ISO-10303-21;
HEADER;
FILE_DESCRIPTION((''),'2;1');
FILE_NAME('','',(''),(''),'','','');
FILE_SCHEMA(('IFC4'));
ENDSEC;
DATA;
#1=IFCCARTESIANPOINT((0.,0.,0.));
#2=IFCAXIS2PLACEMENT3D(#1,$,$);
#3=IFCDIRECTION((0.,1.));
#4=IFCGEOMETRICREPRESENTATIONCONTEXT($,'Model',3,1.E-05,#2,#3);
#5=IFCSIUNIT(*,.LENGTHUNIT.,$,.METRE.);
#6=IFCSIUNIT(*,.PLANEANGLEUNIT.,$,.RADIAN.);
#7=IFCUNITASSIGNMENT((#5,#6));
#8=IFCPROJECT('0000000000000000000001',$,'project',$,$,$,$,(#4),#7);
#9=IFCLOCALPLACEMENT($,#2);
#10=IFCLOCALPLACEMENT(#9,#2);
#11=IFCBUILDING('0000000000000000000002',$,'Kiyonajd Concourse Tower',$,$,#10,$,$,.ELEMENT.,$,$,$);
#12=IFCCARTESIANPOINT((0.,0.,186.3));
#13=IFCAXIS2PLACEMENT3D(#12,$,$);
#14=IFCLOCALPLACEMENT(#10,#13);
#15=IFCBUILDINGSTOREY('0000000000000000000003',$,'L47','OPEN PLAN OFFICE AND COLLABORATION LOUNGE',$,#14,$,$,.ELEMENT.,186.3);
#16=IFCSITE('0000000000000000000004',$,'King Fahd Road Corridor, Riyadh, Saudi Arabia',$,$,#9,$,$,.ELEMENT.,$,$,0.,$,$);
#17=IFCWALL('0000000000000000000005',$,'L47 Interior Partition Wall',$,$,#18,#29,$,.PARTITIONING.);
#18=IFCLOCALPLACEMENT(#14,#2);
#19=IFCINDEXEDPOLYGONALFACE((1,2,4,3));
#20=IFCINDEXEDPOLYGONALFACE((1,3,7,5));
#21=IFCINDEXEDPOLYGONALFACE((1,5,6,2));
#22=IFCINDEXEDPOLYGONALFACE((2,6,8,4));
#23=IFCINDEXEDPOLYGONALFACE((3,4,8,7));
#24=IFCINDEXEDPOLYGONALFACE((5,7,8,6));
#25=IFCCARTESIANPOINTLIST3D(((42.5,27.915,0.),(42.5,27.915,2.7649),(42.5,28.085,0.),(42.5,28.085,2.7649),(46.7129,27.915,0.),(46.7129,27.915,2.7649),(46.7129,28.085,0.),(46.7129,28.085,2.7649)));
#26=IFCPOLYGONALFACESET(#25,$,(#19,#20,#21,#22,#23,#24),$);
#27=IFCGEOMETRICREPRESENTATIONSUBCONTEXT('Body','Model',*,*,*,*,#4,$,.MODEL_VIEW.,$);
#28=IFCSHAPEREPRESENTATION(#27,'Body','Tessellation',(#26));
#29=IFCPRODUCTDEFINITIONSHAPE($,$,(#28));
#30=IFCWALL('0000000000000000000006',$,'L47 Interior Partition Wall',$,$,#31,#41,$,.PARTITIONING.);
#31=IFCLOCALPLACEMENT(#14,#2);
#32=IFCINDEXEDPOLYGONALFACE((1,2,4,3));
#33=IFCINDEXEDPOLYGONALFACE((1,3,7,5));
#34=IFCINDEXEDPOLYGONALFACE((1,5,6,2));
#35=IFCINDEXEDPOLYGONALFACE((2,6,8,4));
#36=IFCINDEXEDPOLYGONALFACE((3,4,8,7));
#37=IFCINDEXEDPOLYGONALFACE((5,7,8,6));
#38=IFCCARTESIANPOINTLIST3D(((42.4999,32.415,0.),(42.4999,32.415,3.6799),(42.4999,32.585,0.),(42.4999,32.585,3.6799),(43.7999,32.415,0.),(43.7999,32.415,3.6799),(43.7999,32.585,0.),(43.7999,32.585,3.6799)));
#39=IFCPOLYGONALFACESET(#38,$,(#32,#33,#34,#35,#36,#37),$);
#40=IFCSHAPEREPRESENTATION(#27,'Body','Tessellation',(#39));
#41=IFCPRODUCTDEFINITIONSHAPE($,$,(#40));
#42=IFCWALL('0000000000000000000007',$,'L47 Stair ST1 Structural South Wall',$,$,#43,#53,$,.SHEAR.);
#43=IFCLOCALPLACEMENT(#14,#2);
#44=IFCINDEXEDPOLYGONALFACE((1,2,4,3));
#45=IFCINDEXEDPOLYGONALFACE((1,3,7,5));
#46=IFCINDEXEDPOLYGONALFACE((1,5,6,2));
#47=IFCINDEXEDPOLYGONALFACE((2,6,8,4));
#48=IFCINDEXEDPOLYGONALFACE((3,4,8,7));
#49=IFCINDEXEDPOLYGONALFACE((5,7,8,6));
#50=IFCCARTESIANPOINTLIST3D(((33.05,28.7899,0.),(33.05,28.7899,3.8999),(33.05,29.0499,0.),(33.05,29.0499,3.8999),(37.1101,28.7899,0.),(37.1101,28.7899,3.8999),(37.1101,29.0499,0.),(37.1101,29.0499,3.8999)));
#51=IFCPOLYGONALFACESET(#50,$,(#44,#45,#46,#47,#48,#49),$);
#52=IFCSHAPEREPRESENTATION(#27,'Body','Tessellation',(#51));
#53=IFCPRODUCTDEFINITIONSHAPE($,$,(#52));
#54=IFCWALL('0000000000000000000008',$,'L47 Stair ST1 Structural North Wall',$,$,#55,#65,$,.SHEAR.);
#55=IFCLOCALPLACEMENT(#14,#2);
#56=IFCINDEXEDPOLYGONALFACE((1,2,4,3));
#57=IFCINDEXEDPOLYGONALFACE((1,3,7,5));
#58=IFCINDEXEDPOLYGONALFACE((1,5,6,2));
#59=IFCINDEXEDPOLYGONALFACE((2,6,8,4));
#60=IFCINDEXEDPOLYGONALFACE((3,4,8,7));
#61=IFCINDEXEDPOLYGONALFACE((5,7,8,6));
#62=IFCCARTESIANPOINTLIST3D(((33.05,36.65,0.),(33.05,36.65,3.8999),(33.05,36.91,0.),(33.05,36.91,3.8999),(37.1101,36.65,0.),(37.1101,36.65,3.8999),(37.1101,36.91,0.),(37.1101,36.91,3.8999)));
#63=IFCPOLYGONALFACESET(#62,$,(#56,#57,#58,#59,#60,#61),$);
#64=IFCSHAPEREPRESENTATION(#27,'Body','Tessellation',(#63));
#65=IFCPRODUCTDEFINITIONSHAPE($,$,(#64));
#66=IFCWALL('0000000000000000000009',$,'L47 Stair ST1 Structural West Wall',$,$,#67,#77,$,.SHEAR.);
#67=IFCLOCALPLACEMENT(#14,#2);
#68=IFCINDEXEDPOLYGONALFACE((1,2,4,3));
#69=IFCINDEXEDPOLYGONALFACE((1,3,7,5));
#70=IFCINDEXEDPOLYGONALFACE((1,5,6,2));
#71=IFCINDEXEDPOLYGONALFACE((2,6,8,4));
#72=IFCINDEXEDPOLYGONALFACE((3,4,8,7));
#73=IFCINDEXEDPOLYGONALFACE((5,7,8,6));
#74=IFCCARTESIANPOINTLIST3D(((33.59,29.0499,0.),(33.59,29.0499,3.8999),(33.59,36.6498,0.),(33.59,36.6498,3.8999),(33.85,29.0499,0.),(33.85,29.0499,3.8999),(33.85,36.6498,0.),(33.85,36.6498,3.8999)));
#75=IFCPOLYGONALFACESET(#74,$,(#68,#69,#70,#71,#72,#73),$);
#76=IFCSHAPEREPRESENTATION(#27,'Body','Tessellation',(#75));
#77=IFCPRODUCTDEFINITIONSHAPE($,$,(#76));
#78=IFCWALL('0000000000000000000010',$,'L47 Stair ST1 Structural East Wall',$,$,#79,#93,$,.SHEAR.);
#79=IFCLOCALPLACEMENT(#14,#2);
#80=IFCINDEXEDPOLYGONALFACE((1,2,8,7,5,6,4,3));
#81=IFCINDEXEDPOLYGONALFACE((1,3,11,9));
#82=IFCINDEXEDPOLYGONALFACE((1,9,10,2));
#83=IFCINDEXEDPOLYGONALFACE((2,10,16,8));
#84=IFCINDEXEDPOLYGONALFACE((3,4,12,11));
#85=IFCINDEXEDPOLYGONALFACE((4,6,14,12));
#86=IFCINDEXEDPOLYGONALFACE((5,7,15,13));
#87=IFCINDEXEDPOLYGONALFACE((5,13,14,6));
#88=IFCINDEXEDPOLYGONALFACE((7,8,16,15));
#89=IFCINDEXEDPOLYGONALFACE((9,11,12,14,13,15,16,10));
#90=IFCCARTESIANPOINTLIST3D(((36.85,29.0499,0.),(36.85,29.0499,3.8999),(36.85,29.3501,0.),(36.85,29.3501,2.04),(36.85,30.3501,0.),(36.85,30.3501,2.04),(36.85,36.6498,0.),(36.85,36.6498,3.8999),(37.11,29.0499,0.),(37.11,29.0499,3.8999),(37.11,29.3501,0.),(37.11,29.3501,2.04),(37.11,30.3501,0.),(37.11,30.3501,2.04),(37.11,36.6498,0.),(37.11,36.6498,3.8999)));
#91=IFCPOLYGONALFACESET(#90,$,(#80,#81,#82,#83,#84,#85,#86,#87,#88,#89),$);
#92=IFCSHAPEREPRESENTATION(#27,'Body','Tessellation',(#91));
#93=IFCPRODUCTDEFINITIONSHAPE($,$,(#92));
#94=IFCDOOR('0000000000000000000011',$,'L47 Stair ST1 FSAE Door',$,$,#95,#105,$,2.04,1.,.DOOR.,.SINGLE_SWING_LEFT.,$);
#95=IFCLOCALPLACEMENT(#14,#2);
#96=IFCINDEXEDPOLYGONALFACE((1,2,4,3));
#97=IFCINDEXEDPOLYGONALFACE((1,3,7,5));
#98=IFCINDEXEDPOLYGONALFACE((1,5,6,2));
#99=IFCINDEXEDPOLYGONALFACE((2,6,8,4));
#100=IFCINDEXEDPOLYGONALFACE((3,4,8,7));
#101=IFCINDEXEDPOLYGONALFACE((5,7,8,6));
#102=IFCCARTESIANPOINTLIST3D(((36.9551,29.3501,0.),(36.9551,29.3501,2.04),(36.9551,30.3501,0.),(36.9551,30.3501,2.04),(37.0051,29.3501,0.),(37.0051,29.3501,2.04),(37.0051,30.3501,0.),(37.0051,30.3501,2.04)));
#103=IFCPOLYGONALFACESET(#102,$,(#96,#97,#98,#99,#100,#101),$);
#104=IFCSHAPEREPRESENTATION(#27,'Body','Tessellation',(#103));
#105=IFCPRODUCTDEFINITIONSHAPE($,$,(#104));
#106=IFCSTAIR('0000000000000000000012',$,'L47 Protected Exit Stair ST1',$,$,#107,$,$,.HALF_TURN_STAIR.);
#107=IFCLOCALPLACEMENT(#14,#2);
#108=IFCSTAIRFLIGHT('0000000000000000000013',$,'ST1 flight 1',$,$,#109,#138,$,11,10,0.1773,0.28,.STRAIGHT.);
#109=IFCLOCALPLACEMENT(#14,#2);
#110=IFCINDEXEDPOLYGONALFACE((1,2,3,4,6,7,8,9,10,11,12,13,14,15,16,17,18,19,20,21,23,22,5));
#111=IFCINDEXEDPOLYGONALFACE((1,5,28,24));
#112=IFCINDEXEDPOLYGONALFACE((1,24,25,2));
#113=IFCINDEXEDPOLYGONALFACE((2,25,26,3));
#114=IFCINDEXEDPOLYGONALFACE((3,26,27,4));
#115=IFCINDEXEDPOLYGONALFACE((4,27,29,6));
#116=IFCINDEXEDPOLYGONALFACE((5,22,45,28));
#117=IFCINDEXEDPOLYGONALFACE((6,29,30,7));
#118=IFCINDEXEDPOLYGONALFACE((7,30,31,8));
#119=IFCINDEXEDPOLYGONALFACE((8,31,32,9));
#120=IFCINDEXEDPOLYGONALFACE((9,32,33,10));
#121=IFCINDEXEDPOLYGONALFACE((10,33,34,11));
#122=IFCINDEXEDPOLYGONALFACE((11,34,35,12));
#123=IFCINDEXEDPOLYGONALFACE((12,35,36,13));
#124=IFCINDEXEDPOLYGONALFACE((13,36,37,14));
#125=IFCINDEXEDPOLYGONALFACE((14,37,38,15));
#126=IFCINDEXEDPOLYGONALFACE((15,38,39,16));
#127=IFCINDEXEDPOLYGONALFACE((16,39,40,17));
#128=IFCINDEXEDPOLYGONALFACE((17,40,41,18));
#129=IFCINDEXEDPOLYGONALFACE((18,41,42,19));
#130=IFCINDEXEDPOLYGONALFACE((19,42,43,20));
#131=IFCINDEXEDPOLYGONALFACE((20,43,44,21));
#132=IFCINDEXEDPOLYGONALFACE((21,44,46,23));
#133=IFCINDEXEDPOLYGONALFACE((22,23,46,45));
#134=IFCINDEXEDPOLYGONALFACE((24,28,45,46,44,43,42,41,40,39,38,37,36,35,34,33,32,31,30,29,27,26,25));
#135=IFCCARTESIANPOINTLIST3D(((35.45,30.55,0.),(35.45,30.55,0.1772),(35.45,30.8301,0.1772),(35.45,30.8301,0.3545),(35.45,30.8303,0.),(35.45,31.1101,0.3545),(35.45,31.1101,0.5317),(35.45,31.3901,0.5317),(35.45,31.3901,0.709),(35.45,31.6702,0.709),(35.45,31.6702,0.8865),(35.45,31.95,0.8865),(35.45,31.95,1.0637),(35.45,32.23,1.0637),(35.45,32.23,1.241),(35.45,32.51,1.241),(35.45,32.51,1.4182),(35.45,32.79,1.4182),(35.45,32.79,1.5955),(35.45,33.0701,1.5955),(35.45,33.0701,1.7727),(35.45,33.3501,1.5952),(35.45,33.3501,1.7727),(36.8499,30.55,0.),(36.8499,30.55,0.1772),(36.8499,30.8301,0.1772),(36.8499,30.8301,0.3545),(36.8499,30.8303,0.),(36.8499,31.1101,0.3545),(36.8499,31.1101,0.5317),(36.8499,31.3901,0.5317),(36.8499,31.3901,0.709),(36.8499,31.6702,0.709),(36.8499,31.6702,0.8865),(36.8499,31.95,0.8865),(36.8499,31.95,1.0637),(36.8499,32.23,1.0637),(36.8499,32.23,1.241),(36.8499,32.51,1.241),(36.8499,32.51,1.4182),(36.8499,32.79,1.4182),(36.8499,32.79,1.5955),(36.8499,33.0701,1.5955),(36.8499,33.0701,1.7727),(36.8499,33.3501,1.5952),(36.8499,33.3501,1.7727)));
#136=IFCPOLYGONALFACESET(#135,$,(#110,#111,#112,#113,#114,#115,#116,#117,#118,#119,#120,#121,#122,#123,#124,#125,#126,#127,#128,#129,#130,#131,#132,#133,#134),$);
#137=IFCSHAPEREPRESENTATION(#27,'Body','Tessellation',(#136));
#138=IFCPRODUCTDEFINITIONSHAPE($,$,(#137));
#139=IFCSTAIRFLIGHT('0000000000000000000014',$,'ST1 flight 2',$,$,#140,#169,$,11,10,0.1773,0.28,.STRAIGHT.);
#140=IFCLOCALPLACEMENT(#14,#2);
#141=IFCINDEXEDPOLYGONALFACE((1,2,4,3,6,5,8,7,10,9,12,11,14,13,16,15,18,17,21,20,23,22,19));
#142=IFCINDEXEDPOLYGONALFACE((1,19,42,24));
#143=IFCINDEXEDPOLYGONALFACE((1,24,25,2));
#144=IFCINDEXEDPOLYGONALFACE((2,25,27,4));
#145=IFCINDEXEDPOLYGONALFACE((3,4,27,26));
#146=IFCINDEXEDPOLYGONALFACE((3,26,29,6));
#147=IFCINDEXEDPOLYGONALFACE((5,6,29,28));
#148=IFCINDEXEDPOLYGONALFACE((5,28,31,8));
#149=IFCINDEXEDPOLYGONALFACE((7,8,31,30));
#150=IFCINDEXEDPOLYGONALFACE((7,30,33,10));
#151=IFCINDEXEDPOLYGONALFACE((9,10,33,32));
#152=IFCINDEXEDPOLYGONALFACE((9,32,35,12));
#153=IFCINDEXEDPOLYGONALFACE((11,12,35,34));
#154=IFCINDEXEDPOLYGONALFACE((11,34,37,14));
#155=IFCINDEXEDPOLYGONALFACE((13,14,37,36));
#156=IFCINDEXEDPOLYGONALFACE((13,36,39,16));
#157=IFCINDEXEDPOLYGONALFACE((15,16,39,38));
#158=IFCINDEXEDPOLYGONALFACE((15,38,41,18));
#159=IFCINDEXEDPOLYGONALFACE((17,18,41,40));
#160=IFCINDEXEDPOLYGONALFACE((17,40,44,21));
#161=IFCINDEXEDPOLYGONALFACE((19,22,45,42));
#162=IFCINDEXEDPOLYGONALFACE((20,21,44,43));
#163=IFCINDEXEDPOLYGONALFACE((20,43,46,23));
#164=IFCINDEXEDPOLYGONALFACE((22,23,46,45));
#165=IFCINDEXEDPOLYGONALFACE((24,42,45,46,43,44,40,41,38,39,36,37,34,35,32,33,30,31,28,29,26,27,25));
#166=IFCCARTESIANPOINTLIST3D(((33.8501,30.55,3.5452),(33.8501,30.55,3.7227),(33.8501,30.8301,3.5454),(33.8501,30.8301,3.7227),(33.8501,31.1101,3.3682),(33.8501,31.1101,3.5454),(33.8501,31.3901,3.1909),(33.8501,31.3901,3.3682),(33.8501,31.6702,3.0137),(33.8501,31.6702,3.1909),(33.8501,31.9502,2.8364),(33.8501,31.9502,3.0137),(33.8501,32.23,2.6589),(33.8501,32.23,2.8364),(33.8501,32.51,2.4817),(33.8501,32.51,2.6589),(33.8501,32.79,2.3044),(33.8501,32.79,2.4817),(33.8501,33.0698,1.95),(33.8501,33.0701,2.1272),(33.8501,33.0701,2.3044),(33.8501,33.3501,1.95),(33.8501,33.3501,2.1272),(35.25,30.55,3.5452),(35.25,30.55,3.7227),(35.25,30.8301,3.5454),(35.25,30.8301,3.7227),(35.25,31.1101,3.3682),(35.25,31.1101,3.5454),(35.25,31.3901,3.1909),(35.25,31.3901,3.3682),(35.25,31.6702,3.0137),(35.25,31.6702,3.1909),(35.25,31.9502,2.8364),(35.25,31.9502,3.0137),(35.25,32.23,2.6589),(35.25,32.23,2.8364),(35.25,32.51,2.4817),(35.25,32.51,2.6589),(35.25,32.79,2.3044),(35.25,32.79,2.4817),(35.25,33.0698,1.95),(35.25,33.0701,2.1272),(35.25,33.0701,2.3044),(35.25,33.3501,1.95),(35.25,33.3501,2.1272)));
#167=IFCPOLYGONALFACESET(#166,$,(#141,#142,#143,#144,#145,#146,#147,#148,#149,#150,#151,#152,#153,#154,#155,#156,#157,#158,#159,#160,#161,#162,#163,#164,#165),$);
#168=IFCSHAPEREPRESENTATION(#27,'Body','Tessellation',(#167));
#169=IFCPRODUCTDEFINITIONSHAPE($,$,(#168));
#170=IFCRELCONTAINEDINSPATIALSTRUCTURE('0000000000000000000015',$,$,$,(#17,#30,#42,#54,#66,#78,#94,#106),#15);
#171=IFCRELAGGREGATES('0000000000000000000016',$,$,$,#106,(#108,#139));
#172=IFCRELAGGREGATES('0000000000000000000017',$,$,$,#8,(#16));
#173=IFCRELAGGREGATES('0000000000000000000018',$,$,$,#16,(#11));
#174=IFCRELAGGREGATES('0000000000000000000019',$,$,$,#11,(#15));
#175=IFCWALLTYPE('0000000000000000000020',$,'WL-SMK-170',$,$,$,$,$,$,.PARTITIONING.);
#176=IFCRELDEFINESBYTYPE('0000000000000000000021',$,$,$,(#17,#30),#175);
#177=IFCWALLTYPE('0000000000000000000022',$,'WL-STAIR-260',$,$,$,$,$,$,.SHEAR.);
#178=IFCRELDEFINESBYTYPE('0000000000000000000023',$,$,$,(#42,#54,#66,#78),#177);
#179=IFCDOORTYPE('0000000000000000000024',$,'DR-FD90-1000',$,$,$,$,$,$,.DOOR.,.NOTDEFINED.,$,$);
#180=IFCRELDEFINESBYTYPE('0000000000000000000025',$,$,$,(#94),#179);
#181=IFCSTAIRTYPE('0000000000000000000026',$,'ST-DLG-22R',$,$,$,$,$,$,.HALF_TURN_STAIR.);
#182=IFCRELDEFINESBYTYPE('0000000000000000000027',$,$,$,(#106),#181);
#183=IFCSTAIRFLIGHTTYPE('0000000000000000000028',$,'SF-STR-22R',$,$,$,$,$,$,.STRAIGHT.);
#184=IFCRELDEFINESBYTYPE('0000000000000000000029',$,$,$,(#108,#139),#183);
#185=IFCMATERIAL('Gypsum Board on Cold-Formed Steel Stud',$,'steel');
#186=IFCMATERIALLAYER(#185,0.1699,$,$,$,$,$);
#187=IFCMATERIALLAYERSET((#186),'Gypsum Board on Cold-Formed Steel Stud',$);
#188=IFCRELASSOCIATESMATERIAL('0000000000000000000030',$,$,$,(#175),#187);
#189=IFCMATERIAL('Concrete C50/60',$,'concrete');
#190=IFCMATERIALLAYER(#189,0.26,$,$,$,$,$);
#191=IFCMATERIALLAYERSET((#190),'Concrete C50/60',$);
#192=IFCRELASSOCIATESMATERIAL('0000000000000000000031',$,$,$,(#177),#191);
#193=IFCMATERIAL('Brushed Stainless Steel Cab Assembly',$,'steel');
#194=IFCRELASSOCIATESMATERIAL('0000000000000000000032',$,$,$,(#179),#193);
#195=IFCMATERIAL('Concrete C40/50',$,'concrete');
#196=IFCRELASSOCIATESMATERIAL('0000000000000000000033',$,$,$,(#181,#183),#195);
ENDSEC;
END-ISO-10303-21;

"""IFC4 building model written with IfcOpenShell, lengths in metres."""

from ifc_helpers import new_model, si_unit, direction, frame, frame_2d, origin, place, context, subcontext, project, spatial, polyline, rectangle, outline, extrude, material, layer, layer_set, type_object, element, fill, aggregate, save


model = new_model("IFC4")

# Units and contexts
model_context = context("Model", 3, precision=1e-05, world=origin(), true_north=direction((0.0, 1.0)))
body_context = subcontext(model_context, "Body", "Model", "MODEL_VIEW")
ifc_project = project(units=[si_unit("LENGTHUNIT", "METRE"), si_unit("PLANEANGLEUNIT", "RADIAN")], contexts=[model_context])

# Site, building, storey
site_placement = place(None, origin())
site = spatial("IfcSite", under=ifc_project, at=site_placement, Name="King Fahd Road Corridor, Riyadh, Saudi Arabia", CompositionType="ELEMENT", RefElevation=0.0)
building_placement = place(site_placement, origin())
building = spatial("IfcBuilding", under=site, at=building_placement, Name="Kiyonajd Concourse Tower", CompositionType="ELEMENT")
storey_placement = place(building_placement, frame((0.0, 0.0, 186.3)))
storey = spatial("IfcBuildingStorey", under=building, at=storey_placement, Name="L47", Description="OPEN PLAN OFFICE AND COLLABORATION LOUNGE", CompositionType="ELEMENT", Elevation=186.3)

# Shared definitions
ifc_material_1 = material(Name="Concrete C50/60", Category="concrete")

# Shared definitions
ifc_material_2 = material(Name="Gypsum Board on Cold-Formed Steel Stud", Category="steel")

# Shared definitions
ifc_material_3 = material(Name="Brushed Stainless Steel Cab Assembly", Category="steel")

# Walls
ifc_layer_1 = layer(ifc_material_2, 0.1699)
ifc_layer_set_1 = layer_set([ifc_layer_1], Name="Gypsum Board on Cold-Formed Steel Stud")
wall_type_1 = type_object("IfcWallType", Name="WL-SMK-170", PredefinedType="PARTITIONING", material=ifc_layer_set_1)
wall_1_placement = place(storey_placement, frame((42.5, 28.0, 0.0), z_axis=(0.0, 0.0, 1.0), x_axis=(1.0, 0.0, 0.0)))
element("IfcWall", 1, at=wall_1_placement, inside=storey, type_object=wall_type_1, Name="L47 Interior Partition Wall", PredefinedType="PARTITIONING", context=body_context, shape_type="SweptSolid", body=[
    extrude(rectangle(XDim=4.2129, YDim=0.1699, at=frame_2d((2.1064, 0.0))), origin(), (0.0, 0.0, 1.0), 2.7649),
])
wall_2_placement = place(storey_placement, frame((42.5, 32.5, 0.0), z_axis=(0.0, 0.0, 1.0), x_axis=(1.0, 0.0, 0.0)))
element("IfcWall", 2, at=wall_2_placement, inside=storey, type_object=wall_type_1, Name="L47 Interior Partition Wall", PredefinedType="PARTITIONING", context=body_context, shape_type="SweptSolid", body=[
    extrude(rectangle(XDim=1.3, YDim=0.1699, at=frame_2d((0.6499, 0.0))), origin(), (0.0, 0.0, 1.0), 3.6799),
])
ifc_layer_2 = layer(ifc_material_1, 0.26)
ifc_layer_set_2 = layer_set([ifc_layer_2], Name="Concrete C50/60")
wall_type_2 = type_object("IfcWallType", Name="WL-STAIR-260", PredefinedType="SHEAR", material=ifc_layer_set_2)
for number, where, z_axis, x_axis, name in (
    (3, (33.05, 28.9199, 0.0), (0.0, 0.0, 1.0), (1.0, 0.0, 0.0), "L47 Stair ST1 Structural South Wall"),
    (4, (33.05, 36.78, 0.0), (0.0, 0.0, 1.0), (1.0, 0.0, 0.0), "L47 Stair ST1 Structural North Wall"),
):
    element("IfcWall", number, at=place(storey_placement, frame(where, z_axis=z_axis, x_axis=x_axis)), inside=storey, type_object=wall_type_2, Name=name, PredefinedType="SHEAR", context=body_context, shape_type="SweptSolid", body=[
        extrude(rectangle(XDim=4.0601, YDim=0.26, at=frame_2d((2.03, 0.0))), origin(), (0.0, 0.0, 1.0), 3.8999),
    ])
wall_3_placement = place(storey_placement, frame((33.72, 29.05, 0.0), z_axis=(0.0, 0.0, 1.0), x_axis=(0.0, 1.0, 0.0)))
element("IfcWall", 5, at=wall_3_placement, inside=storey, type_object=wall_type_2, Name="L47 Stair ST1 Structural West Wall", PredefinedType="SHEAR", context=body_context, shape_type="SweptSolid", body=[
    extrude(rectangle(XDim=7.5999, YDim=0.26, at=frame_2d((3.7998, 0.0))), origin(), (0.0, 0.0, 1.0), 3.8999),
])

# Wall, opening, door
wall_4_placement = place(storey_placement, frame((36.98, 29.05, 0.0), z_axis=(0.0, 0.0, 1.0), x_axis=(0.0, 1.0, 0.0)))
wall_4 = element("IfcWall", 6, at=wall_4_placement, inside=storey, type_object=wall_type_2, Name="L47 Stair ST1 Structural East Wall", PredefinedType="SHEAR", context=body_context, shape_type="SweptSolid", body=[
    extrude(rectangle(XDim=7.5999, YDim=0.26, at=frame_2d((3.7998, 0.0))), origin(), (0.0, 0.0, 1.0), 3.8999),
])
opening_1_placement = place(wall_4_placement, frame((0.3, 0.0, 0.0)))
opening_1 = element("IfcOpeningElement", 7, at=opening_1_placement, cuts=wall_4, PredefinedType="OPENING", context=body_context, shape_type="SweptSolid", body=[
    extrude(rectangle(XDim=1.0, YDim=2.04, at=frame_2d((0.5, 1.02))), frame((0.0, 0.1399, 0.0), z_axis=(0.0, -1.0, 0.0), x_axis=(1.0, 0.0, 0.0)), (0.0, 0.0, 1.0), 0.28),
])
door_type_1 = type_object("IfcDoorType", Name="DR-FD90-1000", OperationType="NOTDEFINED", PredefinedType="DOOR", material=ifc_material_3)
door_1_placement = place(opening_1_placement, origin())
door_1 = element("IfcDoor", 8, at=door_1_placement, inside=storey, type_object=door_type_1, Name="L47 Stair ST1 FSAE Door", OperationType="SINGLE_SWING_LEFT", OverallHeight=2.04, OverallWidth=1.0, PredefinedType="DOOR", context=body_context, shape_type="SweptSolid", body=[
    extrude(rectangle(XDim=1.0, YDim=2.04, at=frame_2d((0.5, 1.02))), frame((0.0, 0.0249, 0.0), z_axis=(0.0, -1.0, 0.0), x_axis=(1.0, 0.0, 0.0)), (0.0, 0.0, 1.0), 0.05),
])
fill(opening_1, door_1)

# Stair, stair flights
ifc_material_4 = material(Name="Concrete C40/50", Category="concrete")
stair_type = type_object("IfcStairType", Name="ST-DLG-22R", PredefinedType="HALF_TURN_STAIR", material=ifc_material_4)
stair_placement = place(storey_placement, origin())
stair = element("IfcStair", 9, at=stair_placement, inside=storey, type_object=stair_type, Name="L47 Protected Exit Stair ST1", PredefinedType="HALF_TURN_STAIR")
stair_flight_type = type_object("IfcStairFlightType", Name="SF-STR-22R", PredefinedType="STRAIGHT", material=ifc_material_4)
stair_flight_1_placement = place(storey_placement, frame((36.1499, 30.55, 0.0), z_axis=(0.0, 0.0, 1.0), x_axis=(0.0, 1.0, 0.0)))
stair_flight_1 = element("IfcStairFlight", 10, at=stair_flight_1_placement, type_object=stair_flight_type, Name="ST1 flight 1", NumberOfRisers=11, NumberOfTreads=10, PredefinedType="STRAIGHT", RiserHeight=0.1773, TreadLength=0.28, context=body_context, shape_type="SweptSolid", body=[
    extrude(outline(polyline([(0.0, 0.0), (0.0, 0.1772), (0.28, 0.1772), (0.28, 0.3545), (0.5601, 0.3545), (0.5601, 0.5317), (0.8401, 0.5317), (0.8401, 0.709), (1.1201, 0.709), (1.1201, 0.8865), (1.3999, 0.8865), (1.3999, 1.0637), (1.6799, 1.0637), (1.6799, 1.241), (1.96, 1.241), (1.96, 1.4182), (2.24, 1.4182), (2.24, 1.5955), (2.52, 1.5955), (2.52, 1.7727), (2.8, 1.7727), (2.8, 1.95), (2.8, 1.5952), (0.2803, 0.0), (0.0, 0.0)])), frame((0.0, 0.7, 0.0), z_axis=(0.0, -1.0, 0.0), x_axis=(1.0, 0.0, 0.0)), (0.0, 0.0, 1.0), 1.3999),
])
stair_flight_2_placement = place(storey_placement, frame((34.55, 33.3501, 1.95), z_axis=(0.0, 0.0, 1.0), x_axis=(0.0, -1.0, 0.0)))
stair_flight_2 = element("IfcStairFlight", 11, at=stair_flight_2_placement, type_object=stair_flight_type, Name="ST1 flight 2", NumberOfRisers=11, NumberOfTreads=10, PredefinedType="STRAIGHT", RiserHeight=0.1773, TreadLength=0.28, context=body_context, shape_type="SweptSolid", body=[
    extrude(outline(polyline([(0.0, 0.0), (0.0, 0.1772), (0.28, 0.1772), (0.28, 0.3545), (0.5601, 0.3545), (0.5601, 0.5317), (0.8401, 0.5317), (0.8401, 0.709), (1.1201, 0.709), (1.1201, 0.8865), (1.3999, 0.8865), (1.3999, 1.0637), (1.6799, 1.0637), (1.6799, 1.241), (1.96, 1.241), (1.96, 1.4182), (2.24, 1.4182), (2.24, 1.5955), (2.52, 1.5955), (2.52, 1.7727), (2.8, 1.7727), (2.8, 1.95), (2.8, 1.5952), (0.2803, 0.0), (0.0, 0.0)])), frame((0.0, 0.7, 0.0), z_axis=(0.0, -1.0, 0.0), x_axis=(1.0, 0.0, 0.0)), (0.0, 0.0, 1.0), 1.3999),
])
aggregate(stair, [stair_flight_1, stair_flight_2])

save(model, "model.ifc")
